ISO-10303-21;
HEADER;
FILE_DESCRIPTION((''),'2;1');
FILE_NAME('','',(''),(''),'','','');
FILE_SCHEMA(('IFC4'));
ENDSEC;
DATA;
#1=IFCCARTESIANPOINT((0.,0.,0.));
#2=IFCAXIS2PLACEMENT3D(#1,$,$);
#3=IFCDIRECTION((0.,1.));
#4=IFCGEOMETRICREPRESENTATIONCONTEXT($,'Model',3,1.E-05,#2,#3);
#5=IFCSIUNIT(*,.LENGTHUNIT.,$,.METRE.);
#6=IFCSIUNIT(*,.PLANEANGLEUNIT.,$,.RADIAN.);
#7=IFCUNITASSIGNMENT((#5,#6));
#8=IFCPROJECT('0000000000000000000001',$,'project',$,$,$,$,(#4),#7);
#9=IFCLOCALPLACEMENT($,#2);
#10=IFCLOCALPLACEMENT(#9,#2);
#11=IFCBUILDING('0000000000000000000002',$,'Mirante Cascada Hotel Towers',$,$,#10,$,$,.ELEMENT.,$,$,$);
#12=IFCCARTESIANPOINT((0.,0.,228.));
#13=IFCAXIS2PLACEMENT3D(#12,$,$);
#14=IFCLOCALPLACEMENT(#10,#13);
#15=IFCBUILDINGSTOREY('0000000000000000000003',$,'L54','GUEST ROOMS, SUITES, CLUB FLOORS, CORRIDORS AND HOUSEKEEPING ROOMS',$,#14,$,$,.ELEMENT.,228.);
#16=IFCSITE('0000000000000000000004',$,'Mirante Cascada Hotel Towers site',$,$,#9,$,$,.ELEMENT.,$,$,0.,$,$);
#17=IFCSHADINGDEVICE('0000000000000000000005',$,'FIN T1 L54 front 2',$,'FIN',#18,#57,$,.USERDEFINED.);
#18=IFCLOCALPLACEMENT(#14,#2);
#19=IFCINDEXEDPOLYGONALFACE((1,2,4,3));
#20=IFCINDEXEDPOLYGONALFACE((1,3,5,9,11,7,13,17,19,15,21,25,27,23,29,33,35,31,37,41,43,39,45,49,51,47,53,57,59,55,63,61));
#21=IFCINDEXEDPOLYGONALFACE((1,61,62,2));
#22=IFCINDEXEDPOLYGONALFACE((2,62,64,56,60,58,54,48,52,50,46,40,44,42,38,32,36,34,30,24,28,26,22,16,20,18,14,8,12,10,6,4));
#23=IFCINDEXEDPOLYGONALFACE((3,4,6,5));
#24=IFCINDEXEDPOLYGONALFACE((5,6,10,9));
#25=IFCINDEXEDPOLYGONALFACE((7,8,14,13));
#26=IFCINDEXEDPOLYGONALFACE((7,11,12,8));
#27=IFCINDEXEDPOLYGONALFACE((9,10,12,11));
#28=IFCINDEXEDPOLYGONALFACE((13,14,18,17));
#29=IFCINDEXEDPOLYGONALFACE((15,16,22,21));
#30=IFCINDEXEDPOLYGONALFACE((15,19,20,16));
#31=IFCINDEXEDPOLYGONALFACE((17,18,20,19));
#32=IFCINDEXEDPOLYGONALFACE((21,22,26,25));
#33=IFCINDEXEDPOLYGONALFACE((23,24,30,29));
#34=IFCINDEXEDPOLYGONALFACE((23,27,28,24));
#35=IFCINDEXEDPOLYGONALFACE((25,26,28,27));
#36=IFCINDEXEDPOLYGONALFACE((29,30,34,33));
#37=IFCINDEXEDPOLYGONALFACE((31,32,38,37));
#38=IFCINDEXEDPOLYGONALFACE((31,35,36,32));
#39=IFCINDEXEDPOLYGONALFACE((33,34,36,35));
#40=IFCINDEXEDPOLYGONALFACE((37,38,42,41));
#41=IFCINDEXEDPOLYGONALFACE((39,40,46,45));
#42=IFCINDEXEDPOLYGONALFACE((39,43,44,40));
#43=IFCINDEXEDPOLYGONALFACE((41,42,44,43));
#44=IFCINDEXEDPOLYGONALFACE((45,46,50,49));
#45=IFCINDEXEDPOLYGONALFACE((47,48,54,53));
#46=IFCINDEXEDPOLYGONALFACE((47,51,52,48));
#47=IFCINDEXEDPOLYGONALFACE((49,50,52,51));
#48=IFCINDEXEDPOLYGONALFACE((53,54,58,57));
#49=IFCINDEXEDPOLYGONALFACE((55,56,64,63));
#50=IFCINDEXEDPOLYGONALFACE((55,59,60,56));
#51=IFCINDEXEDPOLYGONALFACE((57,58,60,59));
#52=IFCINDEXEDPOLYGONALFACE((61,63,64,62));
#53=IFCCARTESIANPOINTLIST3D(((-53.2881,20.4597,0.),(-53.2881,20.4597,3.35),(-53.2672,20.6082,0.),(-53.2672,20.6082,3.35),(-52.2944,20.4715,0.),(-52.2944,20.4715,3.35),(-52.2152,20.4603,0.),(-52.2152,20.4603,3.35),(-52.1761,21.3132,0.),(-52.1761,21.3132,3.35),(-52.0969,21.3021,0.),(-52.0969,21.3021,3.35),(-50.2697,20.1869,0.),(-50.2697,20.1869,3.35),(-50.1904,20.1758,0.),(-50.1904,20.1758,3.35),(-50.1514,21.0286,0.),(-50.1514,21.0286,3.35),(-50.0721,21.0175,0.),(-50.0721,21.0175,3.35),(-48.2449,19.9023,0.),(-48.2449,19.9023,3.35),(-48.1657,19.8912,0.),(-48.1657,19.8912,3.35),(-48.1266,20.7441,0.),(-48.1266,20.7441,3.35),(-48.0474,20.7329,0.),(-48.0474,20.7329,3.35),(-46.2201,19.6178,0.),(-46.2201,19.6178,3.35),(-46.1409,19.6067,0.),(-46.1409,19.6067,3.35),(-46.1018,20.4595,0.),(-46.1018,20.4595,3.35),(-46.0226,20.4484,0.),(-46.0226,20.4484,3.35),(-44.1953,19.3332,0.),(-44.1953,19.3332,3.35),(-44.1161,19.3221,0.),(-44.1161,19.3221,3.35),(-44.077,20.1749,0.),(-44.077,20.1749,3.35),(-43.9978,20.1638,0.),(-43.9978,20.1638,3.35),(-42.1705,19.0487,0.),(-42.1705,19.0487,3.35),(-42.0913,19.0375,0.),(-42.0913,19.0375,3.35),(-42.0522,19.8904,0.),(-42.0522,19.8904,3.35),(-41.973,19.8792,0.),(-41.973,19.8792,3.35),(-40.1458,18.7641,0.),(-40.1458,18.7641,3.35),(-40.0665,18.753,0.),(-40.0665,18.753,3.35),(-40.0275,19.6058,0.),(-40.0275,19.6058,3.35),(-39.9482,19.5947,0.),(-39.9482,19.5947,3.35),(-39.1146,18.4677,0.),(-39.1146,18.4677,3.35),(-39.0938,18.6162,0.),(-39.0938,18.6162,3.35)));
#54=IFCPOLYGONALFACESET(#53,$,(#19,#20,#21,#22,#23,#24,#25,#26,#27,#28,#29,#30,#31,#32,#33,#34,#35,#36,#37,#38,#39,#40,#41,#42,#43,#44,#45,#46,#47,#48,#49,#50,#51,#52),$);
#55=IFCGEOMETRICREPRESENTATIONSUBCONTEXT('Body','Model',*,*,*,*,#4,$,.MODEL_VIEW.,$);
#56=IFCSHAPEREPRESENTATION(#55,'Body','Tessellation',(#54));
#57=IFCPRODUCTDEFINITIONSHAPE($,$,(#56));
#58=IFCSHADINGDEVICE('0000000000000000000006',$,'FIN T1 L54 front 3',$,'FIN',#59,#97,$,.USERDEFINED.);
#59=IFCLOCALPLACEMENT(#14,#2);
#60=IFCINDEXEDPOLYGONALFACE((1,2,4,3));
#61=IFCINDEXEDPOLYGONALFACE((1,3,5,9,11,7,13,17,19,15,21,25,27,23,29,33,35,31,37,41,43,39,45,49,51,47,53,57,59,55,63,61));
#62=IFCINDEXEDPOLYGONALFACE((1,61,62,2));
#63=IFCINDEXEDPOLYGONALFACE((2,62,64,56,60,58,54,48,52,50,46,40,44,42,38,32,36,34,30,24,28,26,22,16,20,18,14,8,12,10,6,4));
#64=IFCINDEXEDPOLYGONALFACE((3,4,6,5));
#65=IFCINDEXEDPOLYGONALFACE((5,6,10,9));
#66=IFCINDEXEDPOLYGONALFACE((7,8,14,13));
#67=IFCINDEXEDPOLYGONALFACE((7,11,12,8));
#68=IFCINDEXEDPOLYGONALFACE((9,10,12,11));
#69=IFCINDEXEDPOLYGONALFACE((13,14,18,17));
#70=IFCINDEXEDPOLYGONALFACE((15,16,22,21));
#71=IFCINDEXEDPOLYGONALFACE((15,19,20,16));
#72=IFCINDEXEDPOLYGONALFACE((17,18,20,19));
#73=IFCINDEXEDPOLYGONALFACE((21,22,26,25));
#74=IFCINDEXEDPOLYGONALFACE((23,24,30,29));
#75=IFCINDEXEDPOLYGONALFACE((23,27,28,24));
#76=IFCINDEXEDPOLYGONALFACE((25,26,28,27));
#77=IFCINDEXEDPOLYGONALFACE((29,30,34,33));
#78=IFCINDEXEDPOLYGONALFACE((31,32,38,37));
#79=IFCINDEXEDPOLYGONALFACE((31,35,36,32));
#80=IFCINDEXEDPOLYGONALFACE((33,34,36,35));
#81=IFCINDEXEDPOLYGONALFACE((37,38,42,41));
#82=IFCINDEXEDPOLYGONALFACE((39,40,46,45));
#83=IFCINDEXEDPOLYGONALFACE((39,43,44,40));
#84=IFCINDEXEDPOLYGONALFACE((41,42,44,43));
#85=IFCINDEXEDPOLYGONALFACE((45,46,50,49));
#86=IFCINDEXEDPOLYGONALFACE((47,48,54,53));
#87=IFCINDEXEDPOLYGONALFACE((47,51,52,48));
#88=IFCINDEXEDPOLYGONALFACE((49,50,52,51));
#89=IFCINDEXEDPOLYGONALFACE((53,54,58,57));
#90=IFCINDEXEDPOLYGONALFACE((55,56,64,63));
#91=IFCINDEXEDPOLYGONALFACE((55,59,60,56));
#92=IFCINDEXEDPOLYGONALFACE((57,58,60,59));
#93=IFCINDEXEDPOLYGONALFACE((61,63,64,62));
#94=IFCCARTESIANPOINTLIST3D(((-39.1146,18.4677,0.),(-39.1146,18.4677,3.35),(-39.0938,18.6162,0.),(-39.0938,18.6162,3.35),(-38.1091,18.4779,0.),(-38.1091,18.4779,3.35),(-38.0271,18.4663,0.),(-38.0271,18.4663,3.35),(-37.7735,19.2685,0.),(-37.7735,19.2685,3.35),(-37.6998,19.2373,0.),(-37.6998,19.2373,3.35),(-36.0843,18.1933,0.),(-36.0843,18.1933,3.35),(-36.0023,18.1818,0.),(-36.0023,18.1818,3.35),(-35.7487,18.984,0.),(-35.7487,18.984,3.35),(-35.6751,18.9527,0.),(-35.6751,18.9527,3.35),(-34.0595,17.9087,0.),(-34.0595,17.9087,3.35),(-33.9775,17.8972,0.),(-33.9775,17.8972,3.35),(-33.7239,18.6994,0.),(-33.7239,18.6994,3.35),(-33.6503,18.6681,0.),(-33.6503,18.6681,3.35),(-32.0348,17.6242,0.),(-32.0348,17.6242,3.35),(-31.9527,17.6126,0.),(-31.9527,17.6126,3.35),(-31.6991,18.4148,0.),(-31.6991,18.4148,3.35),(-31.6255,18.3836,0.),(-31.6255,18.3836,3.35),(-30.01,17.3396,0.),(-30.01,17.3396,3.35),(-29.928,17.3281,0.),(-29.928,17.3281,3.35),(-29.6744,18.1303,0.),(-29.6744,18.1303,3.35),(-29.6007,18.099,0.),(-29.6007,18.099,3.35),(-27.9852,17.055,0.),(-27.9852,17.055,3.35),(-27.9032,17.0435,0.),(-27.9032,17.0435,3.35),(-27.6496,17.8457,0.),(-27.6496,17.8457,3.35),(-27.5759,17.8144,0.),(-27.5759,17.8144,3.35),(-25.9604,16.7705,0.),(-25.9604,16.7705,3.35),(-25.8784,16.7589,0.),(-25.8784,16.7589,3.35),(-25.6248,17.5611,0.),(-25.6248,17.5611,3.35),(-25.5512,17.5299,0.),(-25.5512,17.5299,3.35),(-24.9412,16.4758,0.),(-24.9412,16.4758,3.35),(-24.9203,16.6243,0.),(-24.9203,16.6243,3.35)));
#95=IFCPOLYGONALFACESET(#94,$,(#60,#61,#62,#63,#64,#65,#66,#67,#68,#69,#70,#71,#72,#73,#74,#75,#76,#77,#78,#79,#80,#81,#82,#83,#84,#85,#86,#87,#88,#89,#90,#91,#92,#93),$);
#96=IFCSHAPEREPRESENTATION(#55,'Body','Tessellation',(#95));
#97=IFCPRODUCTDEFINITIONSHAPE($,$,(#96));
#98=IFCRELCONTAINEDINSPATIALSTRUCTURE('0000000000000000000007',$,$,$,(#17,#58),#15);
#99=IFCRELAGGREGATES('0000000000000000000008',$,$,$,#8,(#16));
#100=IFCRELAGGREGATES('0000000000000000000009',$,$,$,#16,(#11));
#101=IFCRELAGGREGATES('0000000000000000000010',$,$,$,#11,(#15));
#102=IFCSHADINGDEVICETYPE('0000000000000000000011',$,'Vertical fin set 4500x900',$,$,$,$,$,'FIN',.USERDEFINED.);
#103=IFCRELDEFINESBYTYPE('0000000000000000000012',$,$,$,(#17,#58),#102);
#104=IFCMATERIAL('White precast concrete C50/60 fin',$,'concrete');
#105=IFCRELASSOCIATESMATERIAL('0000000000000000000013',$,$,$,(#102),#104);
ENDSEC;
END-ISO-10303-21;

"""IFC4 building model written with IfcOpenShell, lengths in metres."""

from ifc_helpers import new_model, si_unit, direction, frame, origin, place, context, subcontext, project, spatial, polyline, outline, extrude, material, type_object, element, save


model = new_model("IFC4")

# Units and contexts
model_context = context("Model", 3, precision=1e-05, world=origin(), true_north=direction((0.0, 1.0)))
body_context = subcontext(model_context, "Body", "Model", "MODEL_VIEW")
ifc_project = project(units=[si_unit("LENGTHUNIT", "METRE"), si_unit("PLANEANGLEUNIT", "RADIAN")], contexts=[model_context])

# Site, building, storey
site_placement = place(None, origin())
site = spatial("IfcSite", under=ifc_project, at=site_placement, Name="Mirante Cascada Hotel Towers site", CompositionType="ELEMENT", RefElevation=0.0)
building_placement = place(site_placement, origin())
building = spatial("IfcBuilding", under=site, at=building_placement, Name="Mirante Cascada Hotel Towers", CompositionType="ELEMENT")
storey_placement = place(building_placement, frame((0.0, 0.0, 228.0)))
storey = spatial("IfcBuildingStorey", under=building, at=storey_placement, Name="L54", Description="GUEST ROOMS, SUITES, CLUB FLOORS, CORRIDORS AND HOUSEKEEPING ROOMS", CompositionType="ELEMENT", Elevation=228.0)

# Shading devices
ifc_material_1 = material(Name="White precast concrete C50/60 fin", Category="concrete")
shading_device_type = type_object("IfcShadingDeviceType", Name="Vertical fin set 4500x900", ElementType="FIN", PredefinedType="USERDEFINED", material=ifc_material_1)
shading_device_1_placement = place(storey_placement, origin())
element("IfcShadingDevice", 1, at=shading_device_1_placement, inside=storey, type_object=shading_device_type, Name="FIN T1 L54 front 2", ObjectType="FIN", PredefinedType="USERDEFINED", context=body_context, shape_type="SweptSolid", body=[
    extrude(outline(polyline([(-40.0665, 18.753), (-39.0938, 18.6162), (-39.1146, 18.4677), (-53.2881, 20.4597), (-53.2672, 20.6082), (-52.2944, 20.4715), (-52.1761, 21.3132), (-52.0969, 21.3021), (-52.2152, 20.4603), (-50.2697, 20.1869), (-50.1514, 21.0286), (-50.0721, 21.0175), (-50.1904, 20.1758), (-48.2449, 19.9023), (-48.1266, 20.7441), (-48.0474, 20.7329), (-48.1657, 19.8912), (-46.2201, 19.6178), (-46.1018, 20.4595), (-46.0226, 20.4484), (-46.1409, 19.6067), (-44.1953, 19.3332), (-44.077, 20.1749), (-43.9978, 20.1638), (-44.1161, 19.3221), (-42.1705, 19.0487), (-42.0522, 19.8904), (-41.973, 19.8792), (-42.0913, 19.0375), (-40.1458, 18.7641), (-40.0275, 19.6058), (-39.9482, 19.5947), (-40.0665, 18.753)])), origin(), (0.0, 0.0, 1.0), 3.35),
])
shading_device_2_placement = place(storey_placement, origin())
element("IfcShadingDevice", 2, at=shading_device_2_placement, inside=storey, type_object=shading_device_type, Name="FIN T1 L54 front 3", ObjectType="FIN", PredefinedType="USERDEFINED", context=body_context, shape_type="SweptSolid", body=[
    extrude(outline(polyline([(-25.8784, 16.7589), (-24.9203, 16.6243), (-24.9412, 16.4758), (-39.1146, 18.4677), (-39.0938, 18.6162), (-38.1091, 18.4779), (-37.7735, 19.2685), (-37.6998, 19.2373), (-38.0271, 18.4663), (-36.0843, 18.1933), (-35.7487, 18.984), (-35.6751, 18.9527), (-36.0023, 18.1818), (-34.0595, 17.9087), (-33.7239, 18.6994), (-33.6503, 18.6681), (-33.9775, 17.8972), (-32.0348, 17.6242), (-31.6991, 18.4148), (-31.6255, 18.3836), (-31.9527, 17.6126), (-30.01, 17.3396), (-29.6744, 18.1303), (-29.6007, 18.099), (-29.928, 17.3281), (-27.9852, 17.055), (-27.6496, 17.8457), (-27.5759, 17.8144), (-27.9032, 17.0435), (-25.9604, 16.7705), (-25.6248, 17.5611), (-25.5512, 17.5299), (-25.8784, 16.7589)])), origin(), (0.0, 0.0, 1.0), 3.35),
])

save(model, "model.ifc")
